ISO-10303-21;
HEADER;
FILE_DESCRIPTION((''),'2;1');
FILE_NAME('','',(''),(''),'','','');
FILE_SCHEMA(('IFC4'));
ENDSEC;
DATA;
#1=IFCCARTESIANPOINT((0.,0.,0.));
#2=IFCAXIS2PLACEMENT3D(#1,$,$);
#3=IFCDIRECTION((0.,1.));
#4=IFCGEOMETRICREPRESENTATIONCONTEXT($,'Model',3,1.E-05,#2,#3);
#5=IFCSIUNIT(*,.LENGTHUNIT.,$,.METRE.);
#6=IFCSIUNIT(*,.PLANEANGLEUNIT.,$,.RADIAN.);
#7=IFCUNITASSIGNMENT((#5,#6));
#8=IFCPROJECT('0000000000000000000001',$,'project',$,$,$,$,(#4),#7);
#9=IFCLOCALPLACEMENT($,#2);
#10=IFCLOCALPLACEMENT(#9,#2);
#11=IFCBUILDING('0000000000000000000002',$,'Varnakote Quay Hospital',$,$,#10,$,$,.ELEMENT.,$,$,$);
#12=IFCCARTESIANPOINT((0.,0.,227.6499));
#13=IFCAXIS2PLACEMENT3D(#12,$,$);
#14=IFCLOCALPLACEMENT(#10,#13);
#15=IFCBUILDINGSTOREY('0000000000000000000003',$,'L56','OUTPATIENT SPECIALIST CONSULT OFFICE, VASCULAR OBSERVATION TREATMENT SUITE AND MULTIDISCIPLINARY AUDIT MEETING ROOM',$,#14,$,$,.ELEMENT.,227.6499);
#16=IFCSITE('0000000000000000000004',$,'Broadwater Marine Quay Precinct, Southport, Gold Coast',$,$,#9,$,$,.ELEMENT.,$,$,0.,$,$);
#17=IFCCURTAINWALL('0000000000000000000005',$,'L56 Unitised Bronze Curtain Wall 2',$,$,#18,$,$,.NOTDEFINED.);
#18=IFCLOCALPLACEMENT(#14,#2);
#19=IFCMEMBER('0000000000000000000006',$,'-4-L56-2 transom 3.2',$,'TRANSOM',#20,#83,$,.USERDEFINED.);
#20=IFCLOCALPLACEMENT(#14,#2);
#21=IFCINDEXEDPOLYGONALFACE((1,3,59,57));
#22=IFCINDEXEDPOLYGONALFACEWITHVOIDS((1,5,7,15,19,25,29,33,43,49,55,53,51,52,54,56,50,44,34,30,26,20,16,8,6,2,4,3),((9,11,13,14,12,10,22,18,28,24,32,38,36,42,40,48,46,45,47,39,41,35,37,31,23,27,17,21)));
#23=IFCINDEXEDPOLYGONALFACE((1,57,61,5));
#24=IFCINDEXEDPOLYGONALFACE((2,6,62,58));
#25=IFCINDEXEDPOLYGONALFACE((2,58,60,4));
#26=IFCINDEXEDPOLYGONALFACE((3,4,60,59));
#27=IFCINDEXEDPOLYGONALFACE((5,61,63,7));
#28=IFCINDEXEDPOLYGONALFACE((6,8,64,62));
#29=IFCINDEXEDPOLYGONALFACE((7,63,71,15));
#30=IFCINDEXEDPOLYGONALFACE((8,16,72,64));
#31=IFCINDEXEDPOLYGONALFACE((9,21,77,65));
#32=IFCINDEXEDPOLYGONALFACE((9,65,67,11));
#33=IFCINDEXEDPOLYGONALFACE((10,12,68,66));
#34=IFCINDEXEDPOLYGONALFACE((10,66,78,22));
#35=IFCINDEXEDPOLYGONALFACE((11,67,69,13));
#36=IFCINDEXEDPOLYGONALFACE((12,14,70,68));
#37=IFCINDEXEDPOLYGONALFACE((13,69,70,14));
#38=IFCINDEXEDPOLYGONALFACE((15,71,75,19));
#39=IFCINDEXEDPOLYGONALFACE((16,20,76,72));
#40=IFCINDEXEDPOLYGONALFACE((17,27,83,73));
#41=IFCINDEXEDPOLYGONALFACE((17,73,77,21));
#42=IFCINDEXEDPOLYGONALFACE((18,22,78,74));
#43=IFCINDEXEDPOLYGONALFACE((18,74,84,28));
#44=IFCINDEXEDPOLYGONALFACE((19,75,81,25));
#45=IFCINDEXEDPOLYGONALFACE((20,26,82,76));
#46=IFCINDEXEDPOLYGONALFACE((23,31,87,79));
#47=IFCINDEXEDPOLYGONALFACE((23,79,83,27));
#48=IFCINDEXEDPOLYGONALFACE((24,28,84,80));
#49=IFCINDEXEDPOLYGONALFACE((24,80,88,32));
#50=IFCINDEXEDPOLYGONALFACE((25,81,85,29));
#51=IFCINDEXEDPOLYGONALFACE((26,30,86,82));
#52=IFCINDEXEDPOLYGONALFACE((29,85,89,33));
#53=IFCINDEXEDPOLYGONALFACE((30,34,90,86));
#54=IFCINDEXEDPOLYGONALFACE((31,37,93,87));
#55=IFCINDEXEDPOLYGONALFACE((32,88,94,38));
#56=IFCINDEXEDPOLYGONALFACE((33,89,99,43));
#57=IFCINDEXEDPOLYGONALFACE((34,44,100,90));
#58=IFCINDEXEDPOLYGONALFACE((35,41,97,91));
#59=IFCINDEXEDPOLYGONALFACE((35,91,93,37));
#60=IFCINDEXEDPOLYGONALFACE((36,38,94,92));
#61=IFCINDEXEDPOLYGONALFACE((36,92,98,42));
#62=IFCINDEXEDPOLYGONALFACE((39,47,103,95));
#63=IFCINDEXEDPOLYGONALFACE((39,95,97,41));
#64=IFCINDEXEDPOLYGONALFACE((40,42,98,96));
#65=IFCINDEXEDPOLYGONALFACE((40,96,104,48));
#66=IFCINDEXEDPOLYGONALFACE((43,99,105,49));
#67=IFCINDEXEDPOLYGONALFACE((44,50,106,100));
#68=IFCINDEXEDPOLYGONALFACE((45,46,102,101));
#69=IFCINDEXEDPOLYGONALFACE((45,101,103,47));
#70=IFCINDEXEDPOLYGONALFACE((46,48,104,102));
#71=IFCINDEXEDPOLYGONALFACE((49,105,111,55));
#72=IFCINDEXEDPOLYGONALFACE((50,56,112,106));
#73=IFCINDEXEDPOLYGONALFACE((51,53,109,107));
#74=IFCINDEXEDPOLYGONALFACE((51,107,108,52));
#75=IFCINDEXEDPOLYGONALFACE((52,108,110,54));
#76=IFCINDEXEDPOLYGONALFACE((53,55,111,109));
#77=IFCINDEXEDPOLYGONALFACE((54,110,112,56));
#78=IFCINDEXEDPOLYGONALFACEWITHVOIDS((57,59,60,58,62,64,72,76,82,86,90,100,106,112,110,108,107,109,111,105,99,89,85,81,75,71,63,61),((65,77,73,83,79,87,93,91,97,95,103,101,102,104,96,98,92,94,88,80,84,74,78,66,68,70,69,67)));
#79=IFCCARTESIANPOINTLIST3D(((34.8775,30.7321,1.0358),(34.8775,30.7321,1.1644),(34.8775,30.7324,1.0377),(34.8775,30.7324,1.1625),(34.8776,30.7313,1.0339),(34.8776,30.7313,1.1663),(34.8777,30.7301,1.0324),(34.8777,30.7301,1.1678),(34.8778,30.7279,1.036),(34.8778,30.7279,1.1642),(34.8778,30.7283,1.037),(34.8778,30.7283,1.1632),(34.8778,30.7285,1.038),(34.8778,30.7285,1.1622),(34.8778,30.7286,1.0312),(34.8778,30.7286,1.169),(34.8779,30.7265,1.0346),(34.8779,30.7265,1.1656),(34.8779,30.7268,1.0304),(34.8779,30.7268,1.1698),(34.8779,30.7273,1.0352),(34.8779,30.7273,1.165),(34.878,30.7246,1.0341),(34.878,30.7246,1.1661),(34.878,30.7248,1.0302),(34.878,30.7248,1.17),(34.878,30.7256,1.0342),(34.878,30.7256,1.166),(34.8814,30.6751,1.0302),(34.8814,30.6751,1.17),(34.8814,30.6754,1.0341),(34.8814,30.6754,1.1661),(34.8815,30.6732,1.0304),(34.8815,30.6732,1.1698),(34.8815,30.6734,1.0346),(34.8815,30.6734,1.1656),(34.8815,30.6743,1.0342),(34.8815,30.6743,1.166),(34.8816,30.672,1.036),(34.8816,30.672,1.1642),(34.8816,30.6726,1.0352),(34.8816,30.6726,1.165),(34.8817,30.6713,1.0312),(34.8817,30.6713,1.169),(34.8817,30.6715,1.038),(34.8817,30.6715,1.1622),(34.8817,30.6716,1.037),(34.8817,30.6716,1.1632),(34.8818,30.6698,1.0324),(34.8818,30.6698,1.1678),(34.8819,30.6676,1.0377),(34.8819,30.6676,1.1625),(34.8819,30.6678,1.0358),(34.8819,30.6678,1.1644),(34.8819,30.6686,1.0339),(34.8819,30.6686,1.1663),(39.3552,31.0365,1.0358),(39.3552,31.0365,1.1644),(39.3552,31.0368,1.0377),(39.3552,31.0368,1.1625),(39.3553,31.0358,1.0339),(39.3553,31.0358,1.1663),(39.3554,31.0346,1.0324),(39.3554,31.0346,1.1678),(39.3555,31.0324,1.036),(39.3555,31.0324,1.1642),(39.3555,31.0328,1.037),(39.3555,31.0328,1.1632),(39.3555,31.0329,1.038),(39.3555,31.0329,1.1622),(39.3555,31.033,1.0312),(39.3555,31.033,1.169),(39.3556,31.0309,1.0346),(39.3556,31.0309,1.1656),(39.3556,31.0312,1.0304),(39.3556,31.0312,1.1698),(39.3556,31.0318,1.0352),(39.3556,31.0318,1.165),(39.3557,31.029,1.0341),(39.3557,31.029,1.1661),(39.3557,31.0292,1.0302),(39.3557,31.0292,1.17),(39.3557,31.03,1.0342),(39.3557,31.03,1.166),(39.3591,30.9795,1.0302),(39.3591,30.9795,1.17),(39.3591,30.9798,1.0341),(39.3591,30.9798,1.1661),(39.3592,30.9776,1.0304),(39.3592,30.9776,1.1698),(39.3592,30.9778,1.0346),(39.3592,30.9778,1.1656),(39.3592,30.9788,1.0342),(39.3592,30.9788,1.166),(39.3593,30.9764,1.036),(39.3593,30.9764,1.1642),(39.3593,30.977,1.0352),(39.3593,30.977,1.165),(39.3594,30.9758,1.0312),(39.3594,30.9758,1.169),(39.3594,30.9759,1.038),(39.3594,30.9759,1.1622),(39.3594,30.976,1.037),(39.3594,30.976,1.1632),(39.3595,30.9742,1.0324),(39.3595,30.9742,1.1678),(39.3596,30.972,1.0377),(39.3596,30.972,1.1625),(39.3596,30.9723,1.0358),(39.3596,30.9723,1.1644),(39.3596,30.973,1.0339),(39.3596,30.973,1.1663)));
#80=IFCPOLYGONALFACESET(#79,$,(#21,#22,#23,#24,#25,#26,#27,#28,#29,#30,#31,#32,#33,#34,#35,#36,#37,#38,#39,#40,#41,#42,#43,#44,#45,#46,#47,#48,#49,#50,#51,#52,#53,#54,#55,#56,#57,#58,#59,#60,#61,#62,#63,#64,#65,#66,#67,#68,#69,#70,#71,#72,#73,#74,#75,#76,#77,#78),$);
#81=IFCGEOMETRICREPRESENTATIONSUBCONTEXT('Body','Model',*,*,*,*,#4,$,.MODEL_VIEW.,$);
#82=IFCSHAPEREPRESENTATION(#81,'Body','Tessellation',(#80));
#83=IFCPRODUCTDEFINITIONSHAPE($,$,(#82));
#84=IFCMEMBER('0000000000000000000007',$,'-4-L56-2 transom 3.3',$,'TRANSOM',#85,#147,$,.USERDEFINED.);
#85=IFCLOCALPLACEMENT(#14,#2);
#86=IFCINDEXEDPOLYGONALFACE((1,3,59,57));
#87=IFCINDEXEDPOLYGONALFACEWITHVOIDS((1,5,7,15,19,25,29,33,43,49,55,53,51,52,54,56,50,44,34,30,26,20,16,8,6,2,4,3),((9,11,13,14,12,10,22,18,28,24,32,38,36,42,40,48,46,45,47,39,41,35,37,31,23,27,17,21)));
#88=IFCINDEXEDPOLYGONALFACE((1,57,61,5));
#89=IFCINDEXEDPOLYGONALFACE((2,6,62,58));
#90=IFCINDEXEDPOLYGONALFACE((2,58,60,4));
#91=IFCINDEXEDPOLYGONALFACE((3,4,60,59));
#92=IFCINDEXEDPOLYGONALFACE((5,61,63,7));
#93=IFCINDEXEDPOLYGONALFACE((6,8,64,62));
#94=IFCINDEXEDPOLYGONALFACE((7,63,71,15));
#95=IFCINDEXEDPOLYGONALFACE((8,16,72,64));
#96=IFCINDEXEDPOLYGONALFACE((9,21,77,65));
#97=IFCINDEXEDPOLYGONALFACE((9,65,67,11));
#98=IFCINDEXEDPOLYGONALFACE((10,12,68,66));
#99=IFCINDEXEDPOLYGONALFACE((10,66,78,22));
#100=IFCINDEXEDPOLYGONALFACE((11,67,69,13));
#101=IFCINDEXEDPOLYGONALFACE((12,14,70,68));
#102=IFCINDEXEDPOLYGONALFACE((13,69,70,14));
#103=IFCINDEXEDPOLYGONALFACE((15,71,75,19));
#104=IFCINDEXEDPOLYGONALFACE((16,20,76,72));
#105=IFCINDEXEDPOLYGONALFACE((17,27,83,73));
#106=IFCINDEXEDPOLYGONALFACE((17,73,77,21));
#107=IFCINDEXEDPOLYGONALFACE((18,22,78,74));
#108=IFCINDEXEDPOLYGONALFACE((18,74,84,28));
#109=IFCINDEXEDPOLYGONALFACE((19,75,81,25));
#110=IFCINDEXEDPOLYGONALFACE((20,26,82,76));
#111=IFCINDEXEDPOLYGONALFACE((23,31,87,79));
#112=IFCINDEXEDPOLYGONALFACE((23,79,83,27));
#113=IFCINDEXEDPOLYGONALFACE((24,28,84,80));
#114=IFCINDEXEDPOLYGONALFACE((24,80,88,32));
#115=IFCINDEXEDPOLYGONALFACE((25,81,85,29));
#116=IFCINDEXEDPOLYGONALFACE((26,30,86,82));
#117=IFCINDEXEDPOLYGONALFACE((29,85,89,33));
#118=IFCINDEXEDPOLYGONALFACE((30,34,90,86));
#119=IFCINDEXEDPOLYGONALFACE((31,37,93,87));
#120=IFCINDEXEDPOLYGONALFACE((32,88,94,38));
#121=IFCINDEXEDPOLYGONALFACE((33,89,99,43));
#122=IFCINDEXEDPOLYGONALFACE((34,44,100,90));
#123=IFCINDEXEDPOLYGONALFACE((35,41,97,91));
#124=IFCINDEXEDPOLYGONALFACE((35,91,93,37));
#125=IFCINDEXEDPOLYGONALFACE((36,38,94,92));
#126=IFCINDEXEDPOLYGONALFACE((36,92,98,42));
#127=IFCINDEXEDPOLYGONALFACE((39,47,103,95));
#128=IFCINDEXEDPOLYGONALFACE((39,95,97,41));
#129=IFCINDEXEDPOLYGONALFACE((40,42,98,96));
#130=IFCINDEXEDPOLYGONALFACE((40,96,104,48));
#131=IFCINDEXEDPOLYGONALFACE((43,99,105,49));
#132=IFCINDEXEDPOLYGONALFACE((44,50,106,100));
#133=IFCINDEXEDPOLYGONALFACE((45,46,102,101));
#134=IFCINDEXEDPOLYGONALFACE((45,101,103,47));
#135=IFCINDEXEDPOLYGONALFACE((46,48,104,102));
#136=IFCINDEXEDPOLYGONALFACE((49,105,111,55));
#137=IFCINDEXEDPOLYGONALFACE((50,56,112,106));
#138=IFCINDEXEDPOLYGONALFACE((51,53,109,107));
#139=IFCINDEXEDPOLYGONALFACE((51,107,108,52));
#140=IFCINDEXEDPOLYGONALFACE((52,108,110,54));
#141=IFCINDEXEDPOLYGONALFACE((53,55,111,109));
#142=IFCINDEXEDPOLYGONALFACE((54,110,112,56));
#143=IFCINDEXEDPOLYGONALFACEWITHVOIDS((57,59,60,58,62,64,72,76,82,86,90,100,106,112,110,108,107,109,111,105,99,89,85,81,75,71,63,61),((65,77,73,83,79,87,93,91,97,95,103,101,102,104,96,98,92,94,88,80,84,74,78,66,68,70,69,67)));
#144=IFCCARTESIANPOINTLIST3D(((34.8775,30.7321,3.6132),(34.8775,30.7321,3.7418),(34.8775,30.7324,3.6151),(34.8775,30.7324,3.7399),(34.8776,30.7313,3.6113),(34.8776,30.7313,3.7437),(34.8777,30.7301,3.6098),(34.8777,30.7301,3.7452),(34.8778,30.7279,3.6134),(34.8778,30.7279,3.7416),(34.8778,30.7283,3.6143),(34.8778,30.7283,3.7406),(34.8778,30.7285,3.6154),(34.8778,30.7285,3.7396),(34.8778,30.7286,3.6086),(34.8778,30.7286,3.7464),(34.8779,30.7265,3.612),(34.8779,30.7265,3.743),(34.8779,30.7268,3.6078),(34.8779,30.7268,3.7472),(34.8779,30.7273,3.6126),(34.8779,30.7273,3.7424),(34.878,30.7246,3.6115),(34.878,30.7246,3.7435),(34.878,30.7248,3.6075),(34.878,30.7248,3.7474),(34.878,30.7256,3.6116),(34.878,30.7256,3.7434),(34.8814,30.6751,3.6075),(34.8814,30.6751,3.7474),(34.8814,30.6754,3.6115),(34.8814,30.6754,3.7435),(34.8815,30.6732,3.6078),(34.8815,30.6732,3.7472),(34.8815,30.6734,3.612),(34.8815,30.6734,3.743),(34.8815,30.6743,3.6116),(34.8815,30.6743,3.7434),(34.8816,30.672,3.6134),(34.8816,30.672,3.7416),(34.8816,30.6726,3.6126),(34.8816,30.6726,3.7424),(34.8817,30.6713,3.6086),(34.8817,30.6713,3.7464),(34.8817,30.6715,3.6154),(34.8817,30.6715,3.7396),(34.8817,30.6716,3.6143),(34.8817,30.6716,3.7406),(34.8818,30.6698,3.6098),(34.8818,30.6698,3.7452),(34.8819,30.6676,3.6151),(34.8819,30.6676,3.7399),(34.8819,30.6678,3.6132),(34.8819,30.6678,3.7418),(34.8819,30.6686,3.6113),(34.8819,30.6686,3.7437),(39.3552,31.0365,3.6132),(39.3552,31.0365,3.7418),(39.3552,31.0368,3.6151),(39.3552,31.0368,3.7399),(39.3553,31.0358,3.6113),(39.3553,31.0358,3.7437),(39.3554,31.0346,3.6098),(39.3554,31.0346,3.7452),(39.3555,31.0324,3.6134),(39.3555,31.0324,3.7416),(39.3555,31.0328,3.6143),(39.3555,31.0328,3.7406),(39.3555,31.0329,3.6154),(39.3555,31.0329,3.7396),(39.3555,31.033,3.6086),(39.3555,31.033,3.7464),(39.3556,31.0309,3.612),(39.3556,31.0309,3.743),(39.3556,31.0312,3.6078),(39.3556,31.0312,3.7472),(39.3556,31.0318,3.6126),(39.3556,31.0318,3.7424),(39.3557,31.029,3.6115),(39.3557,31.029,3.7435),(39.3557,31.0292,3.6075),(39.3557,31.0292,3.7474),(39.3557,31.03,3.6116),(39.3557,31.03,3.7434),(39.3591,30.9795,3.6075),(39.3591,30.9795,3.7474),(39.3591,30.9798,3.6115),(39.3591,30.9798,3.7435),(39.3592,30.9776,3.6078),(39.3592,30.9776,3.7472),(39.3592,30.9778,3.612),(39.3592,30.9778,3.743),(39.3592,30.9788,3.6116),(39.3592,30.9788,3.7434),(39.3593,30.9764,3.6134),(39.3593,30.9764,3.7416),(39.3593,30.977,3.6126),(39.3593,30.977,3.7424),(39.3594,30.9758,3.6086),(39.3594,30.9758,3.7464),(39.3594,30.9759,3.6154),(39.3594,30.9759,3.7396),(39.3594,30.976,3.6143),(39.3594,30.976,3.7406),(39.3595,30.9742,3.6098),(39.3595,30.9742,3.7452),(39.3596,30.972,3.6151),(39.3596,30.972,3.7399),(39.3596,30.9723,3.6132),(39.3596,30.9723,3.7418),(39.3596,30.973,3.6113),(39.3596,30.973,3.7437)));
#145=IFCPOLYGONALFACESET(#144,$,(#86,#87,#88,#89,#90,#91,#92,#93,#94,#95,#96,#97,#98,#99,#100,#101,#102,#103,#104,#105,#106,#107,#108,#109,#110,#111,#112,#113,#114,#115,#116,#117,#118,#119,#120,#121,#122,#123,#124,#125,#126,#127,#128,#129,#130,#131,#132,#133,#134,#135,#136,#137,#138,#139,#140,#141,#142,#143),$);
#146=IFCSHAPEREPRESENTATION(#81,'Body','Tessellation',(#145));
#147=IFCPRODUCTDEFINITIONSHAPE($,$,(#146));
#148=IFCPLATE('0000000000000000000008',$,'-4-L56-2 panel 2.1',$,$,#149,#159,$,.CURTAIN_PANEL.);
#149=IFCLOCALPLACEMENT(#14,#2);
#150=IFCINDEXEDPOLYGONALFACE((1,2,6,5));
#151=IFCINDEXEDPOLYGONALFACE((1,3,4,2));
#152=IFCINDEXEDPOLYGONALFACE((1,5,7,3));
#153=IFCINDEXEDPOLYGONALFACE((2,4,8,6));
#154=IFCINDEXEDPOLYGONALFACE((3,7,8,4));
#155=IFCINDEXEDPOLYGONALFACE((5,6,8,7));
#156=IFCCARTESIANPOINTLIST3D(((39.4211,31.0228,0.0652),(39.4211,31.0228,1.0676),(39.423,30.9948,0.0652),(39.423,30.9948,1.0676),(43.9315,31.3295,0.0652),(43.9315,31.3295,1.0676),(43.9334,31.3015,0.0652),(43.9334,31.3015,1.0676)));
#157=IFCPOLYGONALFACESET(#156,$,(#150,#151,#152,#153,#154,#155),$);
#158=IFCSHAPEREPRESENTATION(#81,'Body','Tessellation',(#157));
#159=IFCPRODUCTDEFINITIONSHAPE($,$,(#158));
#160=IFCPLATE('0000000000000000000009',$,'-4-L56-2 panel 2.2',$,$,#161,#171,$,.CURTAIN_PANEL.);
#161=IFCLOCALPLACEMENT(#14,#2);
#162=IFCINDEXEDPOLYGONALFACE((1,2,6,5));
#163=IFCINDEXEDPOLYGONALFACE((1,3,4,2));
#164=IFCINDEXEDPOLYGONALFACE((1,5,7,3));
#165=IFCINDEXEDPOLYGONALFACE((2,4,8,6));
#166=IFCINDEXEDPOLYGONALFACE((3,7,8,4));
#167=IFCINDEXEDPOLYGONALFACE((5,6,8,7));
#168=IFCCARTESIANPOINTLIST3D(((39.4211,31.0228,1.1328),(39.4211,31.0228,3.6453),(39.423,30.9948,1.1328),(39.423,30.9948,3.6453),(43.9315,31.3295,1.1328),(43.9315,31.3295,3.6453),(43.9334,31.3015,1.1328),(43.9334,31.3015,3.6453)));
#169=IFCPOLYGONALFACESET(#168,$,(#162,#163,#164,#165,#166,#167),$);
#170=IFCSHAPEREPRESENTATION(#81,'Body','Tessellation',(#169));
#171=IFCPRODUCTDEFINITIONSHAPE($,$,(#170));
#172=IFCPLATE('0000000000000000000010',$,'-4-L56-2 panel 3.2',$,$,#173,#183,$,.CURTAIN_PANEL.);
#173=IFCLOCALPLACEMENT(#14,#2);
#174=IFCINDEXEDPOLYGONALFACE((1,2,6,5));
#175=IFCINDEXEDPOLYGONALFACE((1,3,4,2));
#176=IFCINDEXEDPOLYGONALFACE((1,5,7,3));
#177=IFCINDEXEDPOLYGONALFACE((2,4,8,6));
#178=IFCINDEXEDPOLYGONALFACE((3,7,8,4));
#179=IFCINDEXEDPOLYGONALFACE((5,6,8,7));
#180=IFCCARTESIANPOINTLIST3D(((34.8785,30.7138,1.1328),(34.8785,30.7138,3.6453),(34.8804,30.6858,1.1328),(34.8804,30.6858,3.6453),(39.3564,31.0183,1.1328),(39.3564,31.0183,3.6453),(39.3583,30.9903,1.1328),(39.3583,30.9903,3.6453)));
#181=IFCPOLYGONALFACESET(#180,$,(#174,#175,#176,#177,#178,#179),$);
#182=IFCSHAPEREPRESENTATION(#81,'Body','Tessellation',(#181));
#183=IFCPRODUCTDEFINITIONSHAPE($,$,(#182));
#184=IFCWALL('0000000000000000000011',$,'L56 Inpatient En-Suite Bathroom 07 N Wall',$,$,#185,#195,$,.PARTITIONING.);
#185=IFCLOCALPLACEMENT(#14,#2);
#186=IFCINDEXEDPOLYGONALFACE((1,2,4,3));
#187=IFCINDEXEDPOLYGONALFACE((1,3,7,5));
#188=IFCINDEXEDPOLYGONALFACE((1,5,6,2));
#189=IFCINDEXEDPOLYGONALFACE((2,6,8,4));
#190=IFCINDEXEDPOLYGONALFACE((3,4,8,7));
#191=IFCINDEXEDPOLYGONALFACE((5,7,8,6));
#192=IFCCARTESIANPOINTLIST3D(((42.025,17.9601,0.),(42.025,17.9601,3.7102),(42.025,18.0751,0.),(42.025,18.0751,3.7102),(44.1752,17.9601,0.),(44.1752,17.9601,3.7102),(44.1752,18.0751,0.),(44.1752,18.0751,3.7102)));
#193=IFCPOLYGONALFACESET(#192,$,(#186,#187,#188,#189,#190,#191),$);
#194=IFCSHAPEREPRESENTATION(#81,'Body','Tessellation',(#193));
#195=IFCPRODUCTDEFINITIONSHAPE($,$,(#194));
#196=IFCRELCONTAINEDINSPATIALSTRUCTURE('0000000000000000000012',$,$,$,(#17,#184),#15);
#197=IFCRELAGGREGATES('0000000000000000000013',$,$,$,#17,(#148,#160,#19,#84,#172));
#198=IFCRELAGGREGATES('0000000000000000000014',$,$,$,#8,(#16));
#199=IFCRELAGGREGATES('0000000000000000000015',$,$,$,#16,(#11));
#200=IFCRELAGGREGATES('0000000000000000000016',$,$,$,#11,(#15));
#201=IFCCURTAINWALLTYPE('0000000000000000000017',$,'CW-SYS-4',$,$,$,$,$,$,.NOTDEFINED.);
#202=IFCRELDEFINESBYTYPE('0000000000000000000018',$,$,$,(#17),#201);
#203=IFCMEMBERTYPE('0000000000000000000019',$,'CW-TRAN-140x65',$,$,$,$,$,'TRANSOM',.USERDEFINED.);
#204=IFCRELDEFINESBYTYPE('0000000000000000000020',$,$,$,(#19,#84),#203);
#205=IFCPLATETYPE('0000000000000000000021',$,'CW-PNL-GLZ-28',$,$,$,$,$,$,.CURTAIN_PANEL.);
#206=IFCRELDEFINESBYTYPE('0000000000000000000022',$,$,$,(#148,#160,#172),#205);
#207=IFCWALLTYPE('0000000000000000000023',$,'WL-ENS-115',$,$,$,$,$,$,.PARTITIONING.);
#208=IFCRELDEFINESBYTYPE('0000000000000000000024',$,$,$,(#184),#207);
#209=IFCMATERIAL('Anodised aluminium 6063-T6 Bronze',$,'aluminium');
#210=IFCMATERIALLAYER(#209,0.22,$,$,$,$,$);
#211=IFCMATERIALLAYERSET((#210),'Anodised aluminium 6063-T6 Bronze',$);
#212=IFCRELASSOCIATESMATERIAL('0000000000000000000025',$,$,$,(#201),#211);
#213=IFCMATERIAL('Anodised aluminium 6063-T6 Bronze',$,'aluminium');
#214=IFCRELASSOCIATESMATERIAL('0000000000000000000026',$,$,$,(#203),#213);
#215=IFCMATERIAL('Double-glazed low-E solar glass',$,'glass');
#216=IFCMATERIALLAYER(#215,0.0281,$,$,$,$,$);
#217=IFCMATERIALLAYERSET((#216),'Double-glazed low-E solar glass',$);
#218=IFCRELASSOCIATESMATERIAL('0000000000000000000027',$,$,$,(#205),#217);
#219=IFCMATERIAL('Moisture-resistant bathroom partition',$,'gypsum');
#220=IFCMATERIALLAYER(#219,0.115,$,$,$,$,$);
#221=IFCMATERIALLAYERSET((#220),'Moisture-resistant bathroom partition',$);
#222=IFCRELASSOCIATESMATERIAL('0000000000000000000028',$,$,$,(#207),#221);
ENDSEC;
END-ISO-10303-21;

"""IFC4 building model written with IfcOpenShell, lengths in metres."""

from ifc_helpers import new_model, si_unit, direction, frame, frame_2d, origin, origin_2d, place, context, subcontext, project, spatial, rectangle, hollow_rectangle, extrude, material, layer, layer_set, material_profile, profile_set, type_object, element, aggregate, save


model = new_model("IFC4")

# Units and contexts
model_context = context("Model", 3, precision=1e-05, world=origin(), true_north=direction((0.0, 1.0)))
body_context = subcontext(model_context, "Body", "Model", "MODEL_VIEW")
ifc_project = project(units=[si_unit("LENGTHUNIT", "METRE"), si_unit("PLANEANGLEUNIT", "RADIAN")], contexts=[model_context])

# Site, building, storey
site_placement = place(None, origin())
site = spatial("IfcSite", under=ifc_project, at=site_placement, Name="Broadwater Marine Quay Precinct, Southport, Gold Coast", CompositionType="ELEMENT", RefElevation=0.0)
building_placement = place(site_placement, origin())
building = spatial("IfcBuilding", under=site, at=building_placement, Name="Varnakote Quay Hospital", CompositionType="ELEMENT")
storey_placement = place(building_placement, frame((0.0, 0.0, 227.6499)))
storey = spatial("IfcBuildingStorey", under=building, at=storey_placement, Name="L56", Description="OUTPATIENT SPECIALIST CONSULT OFFICE, VASCULAR OBSERVATION TREATMENT SUITE AND MULTIDISCIPLINARY AUDIT MEETING ROOM", CompositionType="ELEMENT", Elevation=227.6499)

# Curtain wall, members, plates
ifc_material_1 = material(Name="Anodised aluminium 6063-T6 Bronze", Category="aluminium")
ifc_layer_1 = layer(ifc_material_1, 0.22)
ifc_layer_set_1 = layer_set([ifc_layer_1], Name="Anodised aluminium 6063-T6 Bronze")
curtain_wall_type = type_object("IfcCurtainWallType", Name="CW-SYS-4", PredefinedType="NOTDEFINED", material=ifc_layer_set_1)
curtain_wall_placement = place(storey_placement, origin())
curtain_wall = element("IfcCurtainWall", 1, at=curtain_wall_placement, inside=storey, type_object=curtain_wall_type, Name="L56 Unitised Bronze Curtain Wall 2", PredefinedType="NOTDEFINED")
ifc_material_2 = material(Name="Anodised aluminium 6063-T6 Bronze", Category="aluminium")
ifc_material_profile_1 = material_profile(ifc_material_2, hollow_rectangle(XDim=0.0649, YDim=0.1399, WallThickness=0.0039, InnerFilletRadius=0.0039, OuterFilletRadius=0.0076, at=origin_2d()), Name="CW-TRAN-140x65")
ifc_profile_set_1 = profile_set([ifc_material_profile_1], Name="Anodised aluminium 6063-T6 Bronze")
member_type_1 = type_object("IfcMemberType", Name="CW-TRAN-140x65", ElementType="TRANSOM", PredefinedType="USERDEFINED", material=ifc_profile_set_1)
member_1_placement = place(storey_placement, frame((39.3574, 31.0044, 1.1001), z_axis=(-0.997697, -0.067833, 0.0), x_axis=(0.067833, -0.997697, 0.0)))
member_1 = element("IfcMember", 2, at=member_1_placement, type_object=member_type_1, Name="-4-L56-2 transom 3.2", ObjectType="TRANSOM", PredefinedType="USERDEFINED", context=body_context, shape_type="SweptSolid", body=[
    extrude(hollow_rectangle(XDim=0.0649, YDim=0.1399, WallThickness=0.0039, InnerFilletRadius=0.0039, OuterFilletRadius=0.0076, at=origin_2d()), origin(), (0.0, 0.0, 1.0), 4.488),
])
member_2_placement = place(storey_placement, frame((39.3574, 31.0044, 3.6775), z_axis=(-0.997697, -0.067833, 0.0), x_axis=(0.067833, -0.997697, 0.0)))
member_2 = element("IfcMember", 3, at=member_2_placement, type_object=member_type_1, Name="-4-L56-2 transom 3.3", ObjectType="TRANSOM", PredefinedType="USERDEFINED", context=body_context, shape_type="SweptSolid", body=[
    extrude(hollow_rectangle(XDim=0.0649, YDim=0.1399, WallThickness=0.0039, InnerFilletRadius=0.0039, OuterFilletRadius=0.0076, at=origin_2d()), origin(), (0.0, 0.0, 1.0), 4.488),
])
ifc_material_3 = material(Name="Double-glazed low-E solar glass", Category="glass")
ifc_layer_2 = layer(ifc_material_3, 0.0281)
ifc_layer_set_2 = layer_set([ifc_layer_2], Name="Double-glazed low-E solar glass")
plate_type = type_object("IfcPlateType", Name="CW-PNL-GLZ-28", PredefinedType="CURTAIN_PANEL", material=ifc_layer_set_2)
plate_1_placement = place(storey_placement, frame((41.6772, 31.1621, 0.0652), z_axis=(0.0, 0.0, 1.0), x_axis=(-0.997696, -0.067842, 0.0)))
plate_1 = element("IfcPlate", 4, at=plate_1_placement, type_object=plate_type, Name="-4-L56-2 panel 2.1", PredefinedType="CURTAIN_PANEL", context=body_context, shape_type="SweptSolid", body=[
    extrude(rectangle(XDim=4.5208, YDim=0.0281, at=origin_2d()), origin(), (0.0, 0.0, 1.0), 1.0024),
])
plate_2_placement = place(storey_placement, frame((41.6772, 31.1621, 1.1328), z_axis=(0.0, 0.0, 1.0), x_axis=(-0.997696, -0.067842, 0.0)))
plate_2 = element("IfcPlate", 5, at=plate_2_placement, type_object=plate_type, Name="-4-L56-2 panel 2.2", PredefinedType="CURTAIN_PANEL", context=body_context, shape_type="SweptSolid", body=[
    extrude(rectangle(XDim=4.5208, YDim=0.0281, at=origin_2d()), origin(), (0.0, 0.0, 1.0), 2.5125),
])
plate_3_placement = place(storey_placement, frame((37.1184, 30.8521, 1.1328), z_axis=(0.0, 0.0, 1.0), x_axis=(-0.997696, -0.067842, 0.0)))
plate_3 = element("IfcPlate", 6, at=plate_3_placement, type_object=plate_type, Name="-4-L56-2 panel 3.2", PredefinedType="CURTAIN_PANEL", context=body_context, shape_type="SweptSolid", body=[
    extrude(rectangle(XDim=4.4883, YDim=0.0281, at=origin_2d()), origin(), (0.0, 0.0, 1.0), 2.5125),
])
aggregate(curtain_wall, [plate_1, plate_2, member_1, member_2, plate_3])

# Wall
ifc_material_4 = material(Name="Moisture-resistant bathroom partition", Category="gypsum")
ifc_layer_3 = layer(ifc_material_4, 0.115)
ifc_layer_set_3 = layer_set([ifc_layer_3], Name="Moisture-resistant bathroom partition")
wall_type_1 = type_object("IfcWallType", Name="WL-ENS-115", PredefinedType="PARTITIONING", material=ifc_layer_set_3)
wall_1_placement = place(storey_placement, frame((42.0249, 18.0176, 0.0), z_axis=(0.0, 0.0, 1.0), x_axis=(1.0, 0.0, 0.0)))
element("IfcWall", 7, at=wall_1_placement, inside=storey, type_object=wall_type_1, Name="L56 Inpatient En-Suite Bathroom 07 N Wall", PredefinedType="PARTITIONING", context=body_context, shape_type="SweptSolid", body=[
    extrude(rectangle(XDim=2.1501, YDim=0.115, at=frame_2d((1.0752, 0.0))), origin(), (0.0, 0.0, 1.0), 3.7102),
])

save(model, "model.ifc")
